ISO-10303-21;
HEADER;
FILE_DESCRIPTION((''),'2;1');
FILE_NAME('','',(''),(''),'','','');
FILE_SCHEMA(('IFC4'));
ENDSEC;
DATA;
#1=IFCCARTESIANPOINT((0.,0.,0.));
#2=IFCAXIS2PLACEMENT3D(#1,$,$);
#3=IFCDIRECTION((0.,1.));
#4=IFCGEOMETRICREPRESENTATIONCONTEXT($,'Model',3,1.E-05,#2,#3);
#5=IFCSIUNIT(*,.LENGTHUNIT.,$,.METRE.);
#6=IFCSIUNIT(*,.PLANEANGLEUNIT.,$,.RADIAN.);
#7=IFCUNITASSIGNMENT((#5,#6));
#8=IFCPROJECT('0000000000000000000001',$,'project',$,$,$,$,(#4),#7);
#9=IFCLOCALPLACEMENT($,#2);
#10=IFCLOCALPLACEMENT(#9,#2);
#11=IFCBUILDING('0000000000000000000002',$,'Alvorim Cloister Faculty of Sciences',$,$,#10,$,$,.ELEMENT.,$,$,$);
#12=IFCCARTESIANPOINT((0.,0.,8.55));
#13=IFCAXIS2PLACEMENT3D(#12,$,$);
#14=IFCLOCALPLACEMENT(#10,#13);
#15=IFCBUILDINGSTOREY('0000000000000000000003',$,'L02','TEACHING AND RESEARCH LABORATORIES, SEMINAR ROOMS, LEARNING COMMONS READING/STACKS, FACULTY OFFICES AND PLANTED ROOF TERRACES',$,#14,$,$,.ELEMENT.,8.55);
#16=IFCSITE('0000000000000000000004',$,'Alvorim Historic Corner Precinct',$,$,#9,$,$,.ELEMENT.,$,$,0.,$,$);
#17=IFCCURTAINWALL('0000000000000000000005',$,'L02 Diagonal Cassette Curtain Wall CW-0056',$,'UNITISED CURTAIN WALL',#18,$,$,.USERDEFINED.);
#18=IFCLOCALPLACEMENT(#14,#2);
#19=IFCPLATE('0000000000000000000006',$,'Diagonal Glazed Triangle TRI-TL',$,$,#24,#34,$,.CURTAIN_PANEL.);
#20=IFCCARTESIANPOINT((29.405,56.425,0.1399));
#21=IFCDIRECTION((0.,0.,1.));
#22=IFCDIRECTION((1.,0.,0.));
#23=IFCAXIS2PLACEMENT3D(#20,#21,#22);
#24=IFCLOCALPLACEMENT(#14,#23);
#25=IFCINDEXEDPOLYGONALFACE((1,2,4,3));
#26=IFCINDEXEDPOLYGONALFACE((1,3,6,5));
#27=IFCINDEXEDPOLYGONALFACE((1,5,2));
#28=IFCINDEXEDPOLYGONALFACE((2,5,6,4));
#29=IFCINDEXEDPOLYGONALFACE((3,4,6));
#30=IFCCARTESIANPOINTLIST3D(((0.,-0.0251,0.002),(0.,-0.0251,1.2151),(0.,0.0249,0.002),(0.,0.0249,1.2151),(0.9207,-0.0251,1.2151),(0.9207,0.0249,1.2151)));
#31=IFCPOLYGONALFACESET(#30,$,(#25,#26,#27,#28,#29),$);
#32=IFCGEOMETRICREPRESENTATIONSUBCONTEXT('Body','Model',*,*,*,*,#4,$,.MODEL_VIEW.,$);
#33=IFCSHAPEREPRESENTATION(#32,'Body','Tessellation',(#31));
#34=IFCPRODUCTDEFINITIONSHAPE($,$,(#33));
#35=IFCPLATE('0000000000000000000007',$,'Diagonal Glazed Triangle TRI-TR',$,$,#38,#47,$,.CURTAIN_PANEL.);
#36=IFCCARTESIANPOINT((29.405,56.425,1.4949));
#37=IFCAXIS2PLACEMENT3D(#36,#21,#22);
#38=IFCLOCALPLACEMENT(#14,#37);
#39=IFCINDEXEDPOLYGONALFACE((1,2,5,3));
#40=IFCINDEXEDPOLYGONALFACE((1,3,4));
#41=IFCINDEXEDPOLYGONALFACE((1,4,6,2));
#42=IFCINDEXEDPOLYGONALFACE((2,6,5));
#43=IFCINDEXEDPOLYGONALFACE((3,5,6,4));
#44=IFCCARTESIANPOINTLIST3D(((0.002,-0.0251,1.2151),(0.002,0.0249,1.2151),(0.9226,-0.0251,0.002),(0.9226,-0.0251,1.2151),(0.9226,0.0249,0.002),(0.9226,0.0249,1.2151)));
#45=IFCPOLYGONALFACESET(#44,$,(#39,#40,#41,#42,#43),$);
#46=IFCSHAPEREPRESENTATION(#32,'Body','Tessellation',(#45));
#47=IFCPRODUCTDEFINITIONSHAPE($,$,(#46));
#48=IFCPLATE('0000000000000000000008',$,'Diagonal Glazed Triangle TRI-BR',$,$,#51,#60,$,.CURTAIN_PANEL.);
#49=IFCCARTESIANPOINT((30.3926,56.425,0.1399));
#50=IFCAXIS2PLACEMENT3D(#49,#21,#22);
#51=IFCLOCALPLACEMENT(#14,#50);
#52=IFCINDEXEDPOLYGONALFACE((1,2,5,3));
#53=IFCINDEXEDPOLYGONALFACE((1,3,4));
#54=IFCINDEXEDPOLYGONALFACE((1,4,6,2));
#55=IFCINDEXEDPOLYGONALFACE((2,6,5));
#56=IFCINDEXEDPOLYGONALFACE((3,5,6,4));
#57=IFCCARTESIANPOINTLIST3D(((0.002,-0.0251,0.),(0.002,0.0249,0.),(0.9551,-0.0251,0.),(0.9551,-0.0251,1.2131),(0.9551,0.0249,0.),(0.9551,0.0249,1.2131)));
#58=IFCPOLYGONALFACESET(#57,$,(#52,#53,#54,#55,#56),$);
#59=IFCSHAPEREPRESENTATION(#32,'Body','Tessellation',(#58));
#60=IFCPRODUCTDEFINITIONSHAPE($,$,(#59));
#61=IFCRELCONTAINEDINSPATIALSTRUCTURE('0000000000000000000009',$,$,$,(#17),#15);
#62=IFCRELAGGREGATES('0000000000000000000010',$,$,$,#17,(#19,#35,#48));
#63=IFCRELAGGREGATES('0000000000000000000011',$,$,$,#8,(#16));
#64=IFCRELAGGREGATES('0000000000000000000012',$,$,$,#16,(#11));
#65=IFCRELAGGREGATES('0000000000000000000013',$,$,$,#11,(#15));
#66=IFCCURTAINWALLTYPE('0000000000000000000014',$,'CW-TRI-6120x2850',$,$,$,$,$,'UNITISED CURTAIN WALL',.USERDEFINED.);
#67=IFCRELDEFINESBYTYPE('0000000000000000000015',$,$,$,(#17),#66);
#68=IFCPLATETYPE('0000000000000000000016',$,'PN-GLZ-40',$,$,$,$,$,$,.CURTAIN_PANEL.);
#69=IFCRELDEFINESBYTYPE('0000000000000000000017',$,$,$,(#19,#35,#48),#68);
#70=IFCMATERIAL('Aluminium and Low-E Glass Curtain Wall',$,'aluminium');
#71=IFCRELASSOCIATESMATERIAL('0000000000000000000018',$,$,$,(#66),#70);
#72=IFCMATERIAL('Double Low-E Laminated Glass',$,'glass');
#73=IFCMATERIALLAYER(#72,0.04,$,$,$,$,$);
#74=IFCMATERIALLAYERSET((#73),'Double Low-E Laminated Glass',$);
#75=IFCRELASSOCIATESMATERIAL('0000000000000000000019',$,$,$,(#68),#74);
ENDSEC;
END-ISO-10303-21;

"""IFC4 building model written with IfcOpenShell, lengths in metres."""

from ifc_helpers import new_model, si_unit, direction, frame, origin, place, context, subcontext, project, spatial, polyline, outline, extrude, material, layer, layer_set, type_object, element, aggregate, save


model = new_model("IFC4")

# Units and contexts
model_context = context("Model", 3, precision=1e-05, world=origin(), true_north=direction((0.0, 1.0)))
body_context = subcontext(model_context, "Body", "Model", "MODEL_VIEW")
ifc_project = project(units=[si_unit("LENGTHUNIT", "METRE"), si_unit("PLANEANGLEUNIT", "RADIAN")], contexts=[model_context])

# Site, building, storey
site_placement = place(None, origin())
site = spatial("IfcSite", under=ifc_project, at=site_placement, Name="Alvorim Historic Corner Precinct", CompositionType="ELEMENT", RefElevation=0.0)
building_placement = place(site_placement, origin())
building = spatial("IfcBuilding", under=site, at=building_placement, Name="Alvorim Cloister Faculty of Sciences", CompositionType="ELEMENT")
storey_placement = place(building_placement, frame((0.0, 0.0, 8.55)))
storey = spatial("IfcBuildingStorey", under=building, at=storey_placement, Name="L02", Description="TEACHING AND RESEARCH LABORATORIES, SEMINAR ROOMS, LEARNING COMMONS READING/STACKS, FACULTY OFFICES AND PLANTED ROOF TERRACES", CompositionType="ELEMENT", Elevation=8.55)

# Curtain wall
ifc_material_1 = material(Name="Aluminium and Low-E Glass Curtain Wall", Category="aluminium")
curtain_wall_type = type_object("IfcCurtainWallType", Name="CW-TRI-6120x2850", ElementType="UNITISED CURTAIN WALL", PredefinedType="USERDEFINED", material=ifc_material_1)
curtain_wall_placement = place(storey_placement, origin())
curtain_wall = element("IfcCurtainWall", 1, at=curtain_wall_placement, inside=storey, type_object=curtain_wall_type, Name="L02 Diagonal Cassette Curtain Wall CW-0056", ObjectType="UNITISED CURTAIN WALL", PredefinedType="USERDEFINED")

# Plates
ifc_material_2 = material(Name="Double Low-E Laminated Glass", Category="glass")
ifc_layer_1 = layer(ifc_material_2, 0.04)
ifc_layer_set_1 = layer_set([ifc_layer_1], Name="Double Low-E Laminated Glass")
plate_type_1 = type_object("IfcPlateType", Name="PN-GLZ-40", PredefinedType="CURTAIN_PANEL", material=ifc_layer_set_1)
plate_1_placement = place(storey_placement, frame((29.405, 56.425, 0.1399), z_axis=(0.0, 0.0, 1.0), x_axis=(1.0, 0.0, 0.0)))
plate_1 = element("IfcPlate", 2, at=plate_1_placement, type_object=plate_type_1, Name="Diagonal Glazed Triangle TRI-TL", PredefinedType="CURTAIN_PANEL", context=body_context, shape_type="SweptSolid", body=[
    extrude(outline(polyline([(0.9207, 1.2151), (0.0, 1.2151), (0.0, 0.002), (0.9207, 1.2151)])), frame((0.0, 0.0249, 0.0), z_axis=(0.0, -1.0, 0.0), x_axis=(1.0, 0.0, 0.0)), (0.0, 0.0, 1.0), 0.05),
])
plate_2_placement = place(storey_placement, frame((29.405, 56.425, 1.4949), z_axis=(0.0, 0.0, 1.0), x_axis=(1.0, 0.0, 0.0)))
plate_2 = element("IfcPlate", 3, at=plate_2_placement, type_object=plate_type_1, Name="Diagonal Glazed Triangle TRI-TR", PredefinedType="CURTAIN_PANEL", context=body_context, shape_type="SweptSolid", body=[
    extrude(outline(polyline([(0.9226, 0.002), (0.9226, 1.2151), (0.002, 1.2151), (0.9226, 0.002)])), frame((0.0, 0.0249, 0.0), z_axis=(0.0, -1.0, 0.0), x_axis=(1.0, 0.0, 0.0)), (0.0, 0.0, 1.0), 0.05),
])
plate_3_placement = place(storey_placement, frame((30.3926, 56.425, 0.1399), z_axis=(0.0, 0.0, 1.0), x_axis=(1.0, 0.0, 0.0)))
plate_3 = element("IfcPlate", 4, at=plate_3_placement, type_object=plate_type_1, Name="Diagonal Glazed Triangle TRI-BR", PredefinedType="CURTAIN_PANEL", context=body_context, shape_type="SweptSolid", body=[
    extrude(outline(polyline([(0.002, 0.0), (0.9551, 0.0), (0.9551, 1.2131), (0.002, 0.0)])), frame((0.0, 0.0249, 0.0), z_axis=(0.0, -1.0, 0.0), x_axis=(1.0, 0.0, 0.0)), (0.0, 0.0, 1.0), 0.05),
])
aggregate(curtain_wall, [plate_1, plate_2, plate_3])

save(model, "model.ifc")
